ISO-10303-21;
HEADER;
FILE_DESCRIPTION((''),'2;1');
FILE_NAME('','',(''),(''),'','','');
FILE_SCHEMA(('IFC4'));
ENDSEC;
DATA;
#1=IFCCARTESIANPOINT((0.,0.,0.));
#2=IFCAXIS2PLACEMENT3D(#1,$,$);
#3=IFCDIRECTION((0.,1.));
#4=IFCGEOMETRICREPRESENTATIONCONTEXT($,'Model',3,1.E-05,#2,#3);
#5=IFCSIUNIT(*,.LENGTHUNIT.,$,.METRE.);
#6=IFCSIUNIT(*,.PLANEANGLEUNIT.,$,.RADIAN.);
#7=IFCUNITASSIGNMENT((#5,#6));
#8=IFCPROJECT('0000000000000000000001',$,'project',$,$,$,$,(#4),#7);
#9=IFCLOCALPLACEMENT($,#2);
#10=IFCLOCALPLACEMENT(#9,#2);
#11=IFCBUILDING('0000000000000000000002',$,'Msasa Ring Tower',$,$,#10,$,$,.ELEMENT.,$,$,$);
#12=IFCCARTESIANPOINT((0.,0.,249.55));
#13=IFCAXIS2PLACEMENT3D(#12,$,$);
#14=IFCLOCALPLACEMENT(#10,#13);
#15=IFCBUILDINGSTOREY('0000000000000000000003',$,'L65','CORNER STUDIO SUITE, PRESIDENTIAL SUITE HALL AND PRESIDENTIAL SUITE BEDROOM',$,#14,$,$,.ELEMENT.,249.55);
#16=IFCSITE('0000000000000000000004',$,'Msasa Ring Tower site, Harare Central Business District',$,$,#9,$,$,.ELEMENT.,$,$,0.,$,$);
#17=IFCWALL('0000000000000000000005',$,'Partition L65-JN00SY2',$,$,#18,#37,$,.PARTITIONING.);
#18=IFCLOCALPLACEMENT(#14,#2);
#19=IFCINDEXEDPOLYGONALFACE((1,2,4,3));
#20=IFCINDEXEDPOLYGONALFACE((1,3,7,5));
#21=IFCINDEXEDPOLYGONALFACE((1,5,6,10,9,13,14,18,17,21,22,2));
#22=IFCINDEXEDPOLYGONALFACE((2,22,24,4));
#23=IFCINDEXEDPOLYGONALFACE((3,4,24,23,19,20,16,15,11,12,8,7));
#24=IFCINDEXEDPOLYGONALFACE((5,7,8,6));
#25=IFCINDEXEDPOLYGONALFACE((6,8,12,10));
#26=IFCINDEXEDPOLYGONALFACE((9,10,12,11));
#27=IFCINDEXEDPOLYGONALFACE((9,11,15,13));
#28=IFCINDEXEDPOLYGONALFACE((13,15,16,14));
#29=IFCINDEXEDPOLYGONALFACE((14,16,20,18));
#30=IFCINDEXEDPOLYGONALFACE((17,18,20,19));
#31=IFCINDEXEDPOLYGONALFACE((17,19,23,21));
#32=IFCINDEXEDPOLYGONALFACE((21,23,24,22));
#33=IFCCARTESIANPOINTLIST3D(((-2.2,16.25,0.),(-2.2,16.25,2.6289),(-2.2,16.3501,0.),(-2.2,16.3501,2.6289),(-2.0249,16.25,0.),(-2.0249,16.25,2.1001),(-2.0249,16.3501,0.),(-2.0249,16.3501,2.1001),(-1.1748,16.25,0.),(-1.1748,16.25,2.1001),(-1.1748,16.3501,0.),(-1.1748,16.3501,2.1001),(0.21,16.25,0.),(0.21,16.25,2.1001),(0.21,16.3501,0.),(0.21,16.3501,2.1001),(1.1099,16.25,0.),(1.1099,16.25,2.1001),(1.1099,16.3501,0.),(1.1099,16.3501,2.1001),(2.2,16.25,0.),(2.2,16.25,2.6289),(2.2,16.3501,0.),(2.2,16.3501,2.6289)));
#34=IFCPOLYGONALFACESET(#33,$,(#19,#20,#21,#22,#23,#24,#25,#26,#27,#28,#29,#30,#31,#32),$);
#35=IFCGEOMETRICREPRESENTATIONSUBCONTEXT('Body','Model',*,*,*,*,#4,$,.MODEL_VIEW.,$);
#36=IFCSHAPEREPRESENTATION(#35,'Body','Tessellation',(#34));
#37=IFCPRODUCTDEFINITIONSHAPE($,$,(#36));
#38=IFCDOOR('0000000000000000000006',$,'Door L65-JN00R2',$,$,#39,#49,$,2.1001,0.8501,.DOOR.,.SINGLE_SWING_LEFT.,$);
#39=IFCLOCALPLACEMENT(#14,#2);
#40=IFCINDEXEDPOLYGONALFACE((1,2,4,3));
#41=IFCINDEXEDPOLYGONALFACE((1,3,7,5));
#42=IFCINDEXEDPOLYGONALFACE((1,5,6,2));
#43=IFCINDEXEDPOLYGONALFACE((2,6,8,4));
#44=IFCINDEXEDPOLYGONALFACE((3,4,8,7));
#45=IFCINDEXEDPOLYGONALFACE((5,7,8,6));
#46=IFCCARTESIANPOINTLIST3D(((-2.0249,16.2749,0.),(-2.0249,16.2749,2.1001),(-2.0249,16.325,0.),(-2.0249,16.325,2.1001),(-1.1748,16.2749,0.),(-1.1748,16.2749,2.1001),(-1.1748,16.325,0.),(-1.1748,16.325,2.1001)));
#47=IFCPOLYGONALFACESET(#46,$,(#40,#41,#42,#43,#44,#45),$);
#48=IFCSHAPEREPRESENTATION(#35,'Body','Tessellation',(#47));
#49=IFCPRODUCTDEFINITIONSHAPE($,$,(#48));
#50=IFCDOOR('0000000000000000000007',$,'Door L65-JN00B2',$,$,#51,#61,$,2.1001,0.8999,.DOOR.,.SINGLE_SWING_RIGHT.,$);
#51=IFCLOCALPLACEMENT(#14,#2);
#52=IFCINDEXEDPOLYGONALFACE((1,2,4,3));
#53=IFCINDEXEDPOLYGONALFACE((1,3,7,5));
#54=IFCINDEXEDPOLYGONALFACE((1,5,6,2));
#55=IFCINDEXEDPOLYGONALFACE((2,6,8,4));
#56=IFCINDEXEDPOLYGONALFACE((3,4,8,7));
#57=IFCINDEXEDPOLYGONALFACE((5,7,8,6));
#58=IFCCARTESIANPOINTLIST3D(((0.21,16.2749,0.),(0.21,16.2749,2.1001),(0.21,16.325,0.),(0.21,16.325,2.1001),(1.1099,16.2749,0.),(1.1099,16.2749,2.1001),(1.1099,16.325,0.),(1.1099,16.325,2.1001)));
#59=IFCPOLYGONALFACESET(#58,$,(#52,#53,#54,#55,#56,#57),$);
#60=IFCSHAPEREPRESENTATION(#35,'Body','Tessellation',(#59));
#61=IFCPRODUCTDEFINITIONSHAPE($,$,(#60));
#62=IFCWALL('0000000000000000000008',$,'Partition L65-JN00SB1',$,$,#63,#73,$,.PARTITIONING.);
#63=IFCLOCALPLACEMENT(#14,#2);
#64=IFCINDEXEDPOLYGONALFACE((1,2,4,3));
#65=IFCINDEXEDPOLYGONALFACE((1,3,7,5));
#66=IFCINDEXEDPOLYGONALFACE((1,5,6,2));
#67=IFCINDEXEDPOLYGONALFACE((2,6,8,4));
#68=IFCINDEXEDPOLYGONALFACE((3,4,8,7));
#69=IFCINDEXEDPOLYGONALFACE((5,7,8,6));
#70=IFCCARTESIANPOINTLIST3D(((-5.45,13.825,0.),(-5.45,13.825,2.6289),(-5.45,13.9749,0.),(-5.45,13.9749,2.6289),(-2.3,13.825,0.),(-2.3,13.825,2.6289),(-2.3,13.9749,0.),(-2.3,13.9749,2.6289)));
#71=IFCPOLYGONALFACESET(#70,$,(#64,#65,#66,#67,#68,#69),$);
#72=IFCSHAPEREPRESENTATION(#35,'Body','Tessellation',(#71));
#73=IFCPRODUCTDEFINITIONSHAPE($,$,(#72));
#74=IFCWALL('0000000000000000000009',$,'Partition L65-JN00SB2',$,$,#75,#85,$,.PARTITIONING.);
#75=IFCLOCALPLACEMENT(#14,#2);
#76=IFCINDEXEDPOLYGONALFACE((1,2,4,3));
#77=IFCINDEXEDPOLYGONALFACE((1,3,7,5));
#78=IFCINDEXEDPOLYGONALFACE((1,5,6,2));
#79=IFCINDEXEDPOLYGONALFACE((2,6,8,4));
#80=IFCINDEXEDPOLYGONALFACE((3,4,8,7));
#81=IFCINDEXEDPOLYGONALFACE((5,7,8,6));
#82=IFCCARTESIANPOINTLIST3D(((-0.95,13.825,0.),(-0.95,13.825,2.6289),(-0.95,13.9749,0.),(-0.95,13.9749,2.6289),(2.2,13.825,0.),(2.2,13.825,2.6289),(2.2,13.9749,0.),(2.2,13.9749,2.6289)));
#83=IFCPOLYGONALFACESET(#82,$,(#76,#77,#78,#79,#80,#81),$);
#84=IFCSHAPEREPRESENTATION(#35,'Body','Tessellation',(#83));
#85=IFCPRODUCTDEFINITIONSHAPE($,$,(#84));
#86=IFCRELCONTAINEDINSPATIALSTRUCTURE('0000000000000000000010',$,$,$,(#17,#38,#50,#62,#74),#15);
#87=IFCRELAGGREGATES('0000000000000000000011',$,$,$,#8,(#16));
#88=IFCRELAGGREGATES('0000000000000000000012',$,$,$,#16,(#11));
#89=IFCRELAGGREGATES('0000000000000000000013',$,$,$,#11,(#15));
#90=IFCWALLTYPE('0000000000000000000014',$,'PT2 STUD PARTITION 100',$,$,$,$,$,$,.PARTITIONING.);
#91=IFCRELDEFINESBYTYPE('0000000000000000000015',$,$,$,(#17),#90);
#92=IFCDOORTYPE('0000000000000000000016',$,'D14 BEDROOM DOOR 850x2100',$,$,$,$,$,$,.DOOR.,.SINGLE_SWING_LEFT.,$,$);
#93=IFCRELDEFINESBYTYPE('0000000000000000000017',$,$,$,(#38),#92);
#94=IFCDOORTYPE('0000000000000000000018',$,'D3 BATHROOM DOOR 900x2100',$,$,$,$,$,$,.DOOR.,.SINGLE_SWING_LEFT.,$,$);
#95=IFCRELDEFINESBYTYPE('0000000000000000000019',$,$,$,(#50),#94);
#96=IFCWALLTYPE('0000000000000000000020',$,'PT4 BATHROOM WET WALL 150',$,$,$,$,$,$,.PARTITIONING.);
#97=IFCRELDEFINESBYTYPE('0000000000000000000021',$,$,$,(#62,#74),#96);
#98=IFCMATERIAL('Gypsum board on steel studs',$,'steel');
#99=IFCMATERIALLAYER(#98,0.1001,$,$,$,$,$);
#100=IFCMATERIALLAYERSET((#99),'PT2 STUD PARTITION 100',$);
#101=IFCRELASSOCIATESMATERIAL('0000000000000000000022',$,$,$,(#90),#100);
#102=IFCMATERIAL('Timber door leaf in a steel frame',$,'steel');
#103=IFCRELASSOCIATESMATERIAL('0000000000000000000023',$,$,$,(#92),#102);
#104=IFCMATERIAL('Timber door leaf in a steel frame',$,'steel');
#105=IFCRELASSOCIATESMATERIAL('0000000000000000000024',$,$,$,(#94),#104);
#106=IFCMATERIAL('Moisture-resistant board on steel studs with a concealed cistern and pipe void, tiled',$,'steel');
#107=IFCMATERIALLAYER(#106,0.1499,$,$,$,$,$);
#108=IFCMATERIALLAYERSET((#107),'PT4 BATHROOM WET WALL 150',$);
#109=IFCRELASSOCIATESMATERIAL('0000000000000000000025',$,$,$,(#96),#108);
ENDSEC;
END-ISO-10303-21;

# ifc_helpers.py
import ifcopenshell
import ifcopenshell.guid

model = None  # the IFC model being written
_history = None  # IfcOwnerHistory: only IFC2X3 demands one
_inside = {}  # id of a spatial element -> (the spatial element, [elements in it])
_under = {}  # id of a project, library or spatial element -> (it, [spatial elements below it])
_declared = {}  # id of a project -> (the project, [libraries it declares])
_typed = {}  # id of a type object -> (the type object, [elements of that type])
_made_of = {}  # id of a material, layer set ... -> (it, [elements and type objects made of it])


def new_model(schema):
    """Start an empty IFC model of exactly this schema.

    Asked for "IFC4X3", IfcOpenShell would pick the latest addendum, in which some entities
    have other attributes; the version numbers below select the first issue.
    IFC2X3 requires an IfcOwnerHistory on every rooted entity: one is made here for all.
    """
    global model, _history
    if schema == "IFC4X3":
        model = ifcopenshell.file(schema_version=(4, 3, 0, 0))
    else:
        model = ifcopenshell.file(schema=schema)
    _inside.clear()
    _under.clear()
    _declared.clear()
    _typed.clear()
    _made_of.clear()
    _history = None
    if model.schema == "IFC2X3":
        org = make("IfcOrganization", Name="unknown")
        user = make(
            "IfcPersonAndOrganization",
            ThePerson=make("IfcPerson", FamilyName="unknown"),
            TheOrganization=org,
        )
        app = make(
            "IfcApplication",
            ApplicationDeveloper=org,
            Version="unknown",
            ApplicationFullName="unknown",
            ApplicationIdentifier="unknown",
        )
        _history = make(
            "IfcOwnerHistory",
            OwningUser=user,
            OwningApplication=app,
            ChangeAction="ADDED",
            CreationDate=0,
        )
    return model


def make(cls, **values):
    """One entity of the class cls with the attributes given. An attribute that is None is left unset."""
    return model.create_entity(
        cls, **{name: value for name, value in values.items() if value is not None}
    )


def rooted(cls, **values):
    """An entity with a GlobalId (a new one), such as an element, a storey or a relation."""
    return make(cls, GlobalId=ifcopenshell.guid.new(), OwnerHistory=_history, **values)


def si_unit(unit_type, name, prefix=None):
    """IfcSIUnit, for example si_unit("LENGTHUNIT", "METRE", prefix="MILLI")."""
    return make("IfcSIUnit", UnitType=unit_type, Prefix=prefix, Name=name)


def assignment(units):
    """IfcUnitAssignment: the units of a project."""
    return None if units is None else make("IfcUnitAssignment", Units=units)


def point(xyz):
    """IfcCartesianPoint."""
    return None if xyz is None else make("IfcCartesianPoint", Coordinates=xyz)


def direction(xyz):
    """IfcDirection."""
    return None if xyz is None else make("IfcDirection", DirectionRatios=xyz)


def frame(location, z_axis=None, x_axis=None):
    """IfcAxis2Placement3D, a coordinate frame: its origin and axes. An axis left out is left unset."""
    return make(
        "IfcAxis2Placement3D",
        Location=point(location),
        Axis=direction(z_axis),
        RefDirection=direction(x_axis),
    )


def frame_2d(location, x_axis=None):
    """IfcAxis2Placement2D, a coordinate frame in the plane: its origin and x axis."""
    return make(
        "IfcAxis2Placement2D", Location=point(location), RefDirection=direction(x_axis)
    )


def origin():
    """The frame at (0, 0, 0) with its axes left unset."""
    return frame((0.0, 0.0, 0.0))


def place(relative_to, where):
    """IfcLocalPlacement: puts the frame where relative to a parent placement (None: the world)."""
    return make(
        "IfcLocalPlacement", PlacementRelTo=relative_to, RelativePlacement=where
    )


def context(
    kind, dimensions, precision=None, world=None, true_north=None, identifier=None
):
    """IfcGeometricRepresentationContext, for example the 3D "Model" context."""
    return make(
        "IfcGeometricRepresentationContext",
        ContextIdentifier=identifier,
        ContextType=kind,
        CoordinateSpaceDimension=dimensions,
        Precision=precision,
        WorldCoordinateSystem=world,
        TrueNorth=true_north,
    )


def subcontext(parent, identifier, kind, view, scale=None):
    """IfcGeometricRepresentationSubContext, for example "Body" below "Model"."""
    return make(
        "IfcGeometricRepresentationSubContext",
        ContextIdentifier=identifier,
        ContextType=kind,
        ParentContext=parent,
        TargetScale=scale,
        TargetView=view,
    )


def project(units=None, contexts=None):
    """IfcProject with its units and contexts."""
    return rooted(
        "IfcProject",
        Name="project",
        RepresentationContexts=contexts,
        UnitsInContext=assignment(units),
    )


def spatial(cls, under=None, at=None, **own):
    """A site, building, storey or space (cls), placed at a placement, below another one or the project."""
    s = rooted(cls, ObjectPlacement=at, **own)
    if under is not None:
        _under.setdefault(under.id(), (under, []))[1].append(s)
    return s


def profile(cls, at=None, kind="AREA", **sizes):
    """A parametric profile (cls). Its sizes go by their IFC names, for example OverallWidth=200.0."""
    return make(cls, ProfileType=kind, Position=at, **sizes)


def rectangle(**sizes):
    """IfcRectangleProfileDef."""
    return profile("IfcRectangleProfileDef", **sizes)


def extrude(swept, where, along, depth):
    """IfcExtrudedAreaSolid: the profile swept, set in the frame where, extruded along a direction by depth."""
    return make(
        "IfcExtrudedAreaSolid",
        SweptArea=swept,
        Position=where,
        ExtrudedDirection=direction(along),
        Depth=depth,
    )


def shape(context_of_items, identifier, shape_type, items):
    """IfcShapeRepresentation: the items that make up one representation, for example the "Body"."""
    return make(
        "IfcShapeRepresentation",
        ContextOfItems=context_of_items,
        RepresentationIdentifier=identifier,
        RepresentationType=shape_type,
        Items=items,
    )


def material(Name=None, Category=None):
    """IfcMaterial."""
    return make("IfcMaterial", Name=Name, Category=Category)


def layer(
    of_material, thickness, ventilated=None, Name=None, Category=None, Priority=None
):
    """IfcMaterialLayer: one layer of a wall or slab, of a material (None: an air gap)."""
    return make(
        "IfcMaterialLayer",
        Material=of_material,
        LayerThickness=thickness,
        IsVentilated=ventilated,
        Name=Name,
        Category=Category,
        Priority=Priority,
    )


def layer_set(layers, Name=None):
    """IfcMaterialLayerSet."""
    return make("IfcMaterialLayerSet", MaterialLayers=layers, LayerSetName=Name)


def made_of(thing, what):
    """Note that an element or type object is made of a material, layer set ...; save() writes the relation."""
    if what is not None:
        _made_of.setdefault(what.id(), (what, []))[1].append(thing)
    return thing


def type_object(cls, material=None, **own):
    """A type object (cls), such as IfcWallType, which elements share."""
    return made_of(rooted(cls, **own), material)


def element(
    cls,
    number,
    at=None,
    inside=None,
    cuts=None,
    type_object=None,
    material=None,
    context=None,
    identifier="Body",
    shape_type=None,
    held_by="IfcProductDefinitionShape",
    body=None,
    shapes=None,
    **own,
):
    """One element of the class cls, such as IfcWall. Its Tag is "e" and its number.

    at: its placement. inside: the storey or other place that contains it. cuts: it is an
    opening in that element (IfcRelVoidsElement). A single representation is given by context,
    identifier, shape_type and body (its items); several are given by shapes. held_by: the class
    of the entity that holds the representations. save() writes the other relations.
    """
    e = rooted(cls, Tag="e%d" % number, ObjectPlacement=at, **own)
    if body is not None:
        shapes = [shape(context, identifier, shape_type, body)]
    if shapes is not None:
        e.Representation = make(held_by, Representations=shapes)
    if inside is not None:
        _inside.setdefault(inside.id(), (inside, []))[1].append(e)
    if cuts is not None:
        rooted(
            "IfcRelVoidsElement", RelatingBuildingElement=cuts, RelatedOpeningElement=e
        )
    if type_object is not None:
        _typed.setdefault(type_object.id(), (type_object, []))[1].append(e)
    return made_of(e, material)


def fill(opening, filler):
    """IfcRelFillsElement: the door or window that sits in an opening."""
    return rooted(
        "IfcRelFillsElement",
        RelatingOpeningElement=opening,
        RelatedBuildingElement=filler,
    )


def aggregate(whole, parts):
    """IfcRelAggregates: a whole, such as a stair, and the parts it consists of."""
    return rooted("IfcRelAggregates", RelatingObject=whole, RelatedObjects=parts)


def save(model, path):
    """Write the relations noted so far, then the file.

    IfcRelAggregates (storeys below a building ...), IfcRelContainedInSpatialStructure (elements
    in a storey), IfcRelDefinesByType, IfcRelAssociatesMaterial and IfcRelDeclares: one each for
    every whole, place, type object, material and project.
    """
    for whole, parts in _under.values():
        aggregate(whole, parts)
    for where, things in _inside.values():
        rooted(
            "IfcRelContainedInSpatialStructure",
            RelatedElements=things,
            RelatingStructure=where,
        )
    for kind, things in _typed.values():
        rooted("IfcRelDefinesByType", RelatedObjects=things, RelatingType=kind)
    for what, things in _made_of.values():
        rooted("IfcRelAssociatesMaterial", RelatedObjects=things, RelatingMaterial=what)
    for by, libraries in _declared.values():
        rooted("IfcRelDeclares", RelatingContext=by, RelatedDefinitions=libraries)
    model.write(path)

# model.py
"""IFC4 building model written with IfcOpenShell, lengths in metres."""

from ifc_helpers import new_model, si_unit, direction, frame, frame_2d, origin, place, context, subcontext, project, spatial, rectangle, extrude, material, layer, layer_set, type_object, element, fill, save


model = new_model("IFC4")

# Units and contexts
model_context = context("Model", 3, precision=1e-05, world=origin(), true_north=direction((0.0, 1.0)))
body_context = subcontext(model_context, "Body", "Model", "MODEL_VIEW")
ifc_project = project(units=[si_unit("LENGTHUNIT", "METRE"), si_unit("PLANEANGLEUNIT", "RADIAN")], contexts=[model_context])

# Site, building, storey
site_placement = place(None, origin())
site = spatial("IfcSite", under=ifc_project, at=site_placement, Name="Msasa Ring Tower site, Harare Central Business District", CompositionType="ELEMENT", RefElevation=0.0)
building_placement = place(site_placement, origin())
building = spatial("IfcBuilding", under=site, at=building_placement, Name="Msasa Ring Tower", CompositionType="ELEMENT")
storey_placement = place(building_placement, frame((0.0, 0.0, 249.55)))
storey = spatial("IfcBuildingStorey", under=building, at=storey_placement, Name="L65", Description="CORNER STUDIO SUITE, PRESIDENTIAL SUITE HALL AND PRESIDENTIAL SUITE BEDROOM", CompositionType="ELEMENT", Elevation=249.55)

# Wall, openings, doors
ifc_material_1 = material(Name="Gypsum board on steel studs", Category="steel")
ifc_layer_1 = layer(ifc_material_1, 0.1001)
ifc_layer_set_1 = layer_set([ifc_layer_1], Name="PT2 STUD PARTITION 100")
wall_type_1 = type_object("IfcWallType", Name="PT2 STUD PARTITION 100", PredefinedType="PARTITIONING", material=ifc_layer_set_1)
ifc_material_2 = material(Name="Timber door leaf in a steel frame", Category="steel")
door_type_1 = type_object("IfcDoorType", Name="D14 BEDROOM DOOR 850x2100", OperationType="SINGLE_SWING_LEFT", PredefinedType="DOOR", material=ifc_material_2)
ifc_material_3 = material(Name="Timber door leaf in a steel frame", Category="steel")
door_type_2 = type_object("IfcDoorType", Name="D3 BATHROOM DOOR 900x2100", OperationType="SINGLE_SWING_LEFT", PredefinedType="DOOR", material=ifc_material_3)
wall_1_placement = place(storey_placement, frame((-2.2, 16.3, 0.0), z_axis=(0.0, 0.0, 1.0), x_axis=(1.0, 0.0, 0.0)))
wall_1 = element("IfcWall", 1, at=wall_1_placement, inside=storey, type_object=wall_type_1, Name="Partition L65-JN00SY2", PredefinedType="PARTITIONING", context=body_context, shape_type="SweptSolid", body=[
    extrude(rectangle(XDim=4.3999, YDim=0.1001, at=frame_2d((2.2, 0.0))), origin(), (0.0, 0.0, 1.0), 2.6289),
])
opening_1_placement = place(wall_1_placement, frame((0.175, 0.0, 0.0)))
opening_1 = element("IfcOpeningElement", 2, at=opening_1_placement, cuts=wall_1, PredefinedType="OPENING", context=body_context, shape_type="SweptSolid", body=[
    extrude(rectangle(XDim=0.8501, YDim=2.1001, at=frame_2d((0.425, 1.05))), frame((0.0, 0.0601, 0.0), z_axis=(0.0, -1.0, 0.0), x_axis=(1.0, 0.0, 0.0)), (0.0, 0.0, 1.0), 0.1201),
])
opening_2_placement = place(wall_1_placement, frame((2.4099, 0.0, 0.0)))
opening_2 = element("IfcOpeningElement", 3, at=opening_2_placement, cuts=wall_1, PredefinedType="OPENING", context=body_context, shape_type="SweptSolid", body=[
    extrude(rectangle(XDim=0.8999, YDim=2.1001, at=frame_2d((0.45, 1.05))), frame((0.0, 0.0601, 0.0), z_axis=(0.0, -1.0, 0.0), x_axis=(1.0, 0.0, 0.0)), (0.0, 0.0, 1.0), 0.1201),
])
door_1_placement = place(opening_1_placement, origin())
door_1 = element("IfcDoor", 4, at=door_1_placement, inside=storey, type_object=door_type_1, Name="Door L65-JN00R2", OperationType="SINGLE_SWING_LEFT", OverallHeight=2.1001, OverallWidth=0.8501, PredefinedType="DOOR", context=body_context, shape_type="SweptSolid", body=[
    extrude(rectangle(XDim=0.8501, YDim=2.1001, at=frame_2d((0.425, 1.05))), frame((0.0, 0.0249, 0.0), z_axis=(0.0, -1.0, 0.0), x_axis=(1.0, 0.0, 0.0)), (0.0, 0.0, 1.0), 0.05),
])
fill(opening_1, door_1)
door_2_placement = place(opening_2_placement, origin())
door_2 = element("IfcDoor", 5, at=door_2_placement, inside=storey, type_object=door_type_2, Name="Door L65-JN00B2", OperationType="SINGLE_SWING_RIGHT", OverallHeight=2.1001, OverallWidth=0.8999, PredefinedType="DOOR", context=body_context, shape_type="SweptSolid", body=[
    extrude(rectangle(XDim=0.8999, YDim=2.1001, at=frame_2d((0.45, 1.05))), frame((0.0, 0.0249, 0.0), z_axis=(0.0, -1.0, 0.0), x_axis=(1.0, 0.0, 0.0)), (0.0, 0.0, 1.0), 0.05),
])
fill(opening_2, door_2)

# Walls
ifc_material_4 = material(Name="Moisture-resistant board on steel studs with a concealed cistern and pipe void, tiled", Category="steel")
ifc_layer_2 = layer(ifc_material_4, 0.1499)
ifc_layer_set_2 = layer_set([ifc_layer_2], Name="PT4 BATHROOM WET WALL 150")
wall_type_2 = type_object("IfcWallType", Name="PT4 BATHROOM WET WALL 150", PredefinedType="PARTITIONING", material=ifc_layer_set_2)
for number, where, z_axis, x_axis, name in (
    (6, (-5.45, 13.8999, 0.0), (0.0, 0.0, 1.0), (1.0, 0.0, 0.0), "Partition L65-JN00SB1"),
    (7, (-0.95, 13.8999, 0.0), (0.0, 0.0, 1.0), (1.0, 0.0, 0.0), "Partition L65-JN00SB2"),
):
    element("IfcWall", number, at=place(storey_placement, frame(where, z_axis=z_axis, x_axis=x_axis)), inside=storey, type_object=wall_type_2, Name=name, PredefinedType="PARTITIONING", context=body_context, shape_type="SweptSolid", body=[
        extrude(rectangle(XDim=3.1499, YDim=0.1499, at=frame_2d((1.575, 0.0))), origin(), (0.0, 0.0, 1.0), 2.6289),
    ])

save(model, "model.ifc")
